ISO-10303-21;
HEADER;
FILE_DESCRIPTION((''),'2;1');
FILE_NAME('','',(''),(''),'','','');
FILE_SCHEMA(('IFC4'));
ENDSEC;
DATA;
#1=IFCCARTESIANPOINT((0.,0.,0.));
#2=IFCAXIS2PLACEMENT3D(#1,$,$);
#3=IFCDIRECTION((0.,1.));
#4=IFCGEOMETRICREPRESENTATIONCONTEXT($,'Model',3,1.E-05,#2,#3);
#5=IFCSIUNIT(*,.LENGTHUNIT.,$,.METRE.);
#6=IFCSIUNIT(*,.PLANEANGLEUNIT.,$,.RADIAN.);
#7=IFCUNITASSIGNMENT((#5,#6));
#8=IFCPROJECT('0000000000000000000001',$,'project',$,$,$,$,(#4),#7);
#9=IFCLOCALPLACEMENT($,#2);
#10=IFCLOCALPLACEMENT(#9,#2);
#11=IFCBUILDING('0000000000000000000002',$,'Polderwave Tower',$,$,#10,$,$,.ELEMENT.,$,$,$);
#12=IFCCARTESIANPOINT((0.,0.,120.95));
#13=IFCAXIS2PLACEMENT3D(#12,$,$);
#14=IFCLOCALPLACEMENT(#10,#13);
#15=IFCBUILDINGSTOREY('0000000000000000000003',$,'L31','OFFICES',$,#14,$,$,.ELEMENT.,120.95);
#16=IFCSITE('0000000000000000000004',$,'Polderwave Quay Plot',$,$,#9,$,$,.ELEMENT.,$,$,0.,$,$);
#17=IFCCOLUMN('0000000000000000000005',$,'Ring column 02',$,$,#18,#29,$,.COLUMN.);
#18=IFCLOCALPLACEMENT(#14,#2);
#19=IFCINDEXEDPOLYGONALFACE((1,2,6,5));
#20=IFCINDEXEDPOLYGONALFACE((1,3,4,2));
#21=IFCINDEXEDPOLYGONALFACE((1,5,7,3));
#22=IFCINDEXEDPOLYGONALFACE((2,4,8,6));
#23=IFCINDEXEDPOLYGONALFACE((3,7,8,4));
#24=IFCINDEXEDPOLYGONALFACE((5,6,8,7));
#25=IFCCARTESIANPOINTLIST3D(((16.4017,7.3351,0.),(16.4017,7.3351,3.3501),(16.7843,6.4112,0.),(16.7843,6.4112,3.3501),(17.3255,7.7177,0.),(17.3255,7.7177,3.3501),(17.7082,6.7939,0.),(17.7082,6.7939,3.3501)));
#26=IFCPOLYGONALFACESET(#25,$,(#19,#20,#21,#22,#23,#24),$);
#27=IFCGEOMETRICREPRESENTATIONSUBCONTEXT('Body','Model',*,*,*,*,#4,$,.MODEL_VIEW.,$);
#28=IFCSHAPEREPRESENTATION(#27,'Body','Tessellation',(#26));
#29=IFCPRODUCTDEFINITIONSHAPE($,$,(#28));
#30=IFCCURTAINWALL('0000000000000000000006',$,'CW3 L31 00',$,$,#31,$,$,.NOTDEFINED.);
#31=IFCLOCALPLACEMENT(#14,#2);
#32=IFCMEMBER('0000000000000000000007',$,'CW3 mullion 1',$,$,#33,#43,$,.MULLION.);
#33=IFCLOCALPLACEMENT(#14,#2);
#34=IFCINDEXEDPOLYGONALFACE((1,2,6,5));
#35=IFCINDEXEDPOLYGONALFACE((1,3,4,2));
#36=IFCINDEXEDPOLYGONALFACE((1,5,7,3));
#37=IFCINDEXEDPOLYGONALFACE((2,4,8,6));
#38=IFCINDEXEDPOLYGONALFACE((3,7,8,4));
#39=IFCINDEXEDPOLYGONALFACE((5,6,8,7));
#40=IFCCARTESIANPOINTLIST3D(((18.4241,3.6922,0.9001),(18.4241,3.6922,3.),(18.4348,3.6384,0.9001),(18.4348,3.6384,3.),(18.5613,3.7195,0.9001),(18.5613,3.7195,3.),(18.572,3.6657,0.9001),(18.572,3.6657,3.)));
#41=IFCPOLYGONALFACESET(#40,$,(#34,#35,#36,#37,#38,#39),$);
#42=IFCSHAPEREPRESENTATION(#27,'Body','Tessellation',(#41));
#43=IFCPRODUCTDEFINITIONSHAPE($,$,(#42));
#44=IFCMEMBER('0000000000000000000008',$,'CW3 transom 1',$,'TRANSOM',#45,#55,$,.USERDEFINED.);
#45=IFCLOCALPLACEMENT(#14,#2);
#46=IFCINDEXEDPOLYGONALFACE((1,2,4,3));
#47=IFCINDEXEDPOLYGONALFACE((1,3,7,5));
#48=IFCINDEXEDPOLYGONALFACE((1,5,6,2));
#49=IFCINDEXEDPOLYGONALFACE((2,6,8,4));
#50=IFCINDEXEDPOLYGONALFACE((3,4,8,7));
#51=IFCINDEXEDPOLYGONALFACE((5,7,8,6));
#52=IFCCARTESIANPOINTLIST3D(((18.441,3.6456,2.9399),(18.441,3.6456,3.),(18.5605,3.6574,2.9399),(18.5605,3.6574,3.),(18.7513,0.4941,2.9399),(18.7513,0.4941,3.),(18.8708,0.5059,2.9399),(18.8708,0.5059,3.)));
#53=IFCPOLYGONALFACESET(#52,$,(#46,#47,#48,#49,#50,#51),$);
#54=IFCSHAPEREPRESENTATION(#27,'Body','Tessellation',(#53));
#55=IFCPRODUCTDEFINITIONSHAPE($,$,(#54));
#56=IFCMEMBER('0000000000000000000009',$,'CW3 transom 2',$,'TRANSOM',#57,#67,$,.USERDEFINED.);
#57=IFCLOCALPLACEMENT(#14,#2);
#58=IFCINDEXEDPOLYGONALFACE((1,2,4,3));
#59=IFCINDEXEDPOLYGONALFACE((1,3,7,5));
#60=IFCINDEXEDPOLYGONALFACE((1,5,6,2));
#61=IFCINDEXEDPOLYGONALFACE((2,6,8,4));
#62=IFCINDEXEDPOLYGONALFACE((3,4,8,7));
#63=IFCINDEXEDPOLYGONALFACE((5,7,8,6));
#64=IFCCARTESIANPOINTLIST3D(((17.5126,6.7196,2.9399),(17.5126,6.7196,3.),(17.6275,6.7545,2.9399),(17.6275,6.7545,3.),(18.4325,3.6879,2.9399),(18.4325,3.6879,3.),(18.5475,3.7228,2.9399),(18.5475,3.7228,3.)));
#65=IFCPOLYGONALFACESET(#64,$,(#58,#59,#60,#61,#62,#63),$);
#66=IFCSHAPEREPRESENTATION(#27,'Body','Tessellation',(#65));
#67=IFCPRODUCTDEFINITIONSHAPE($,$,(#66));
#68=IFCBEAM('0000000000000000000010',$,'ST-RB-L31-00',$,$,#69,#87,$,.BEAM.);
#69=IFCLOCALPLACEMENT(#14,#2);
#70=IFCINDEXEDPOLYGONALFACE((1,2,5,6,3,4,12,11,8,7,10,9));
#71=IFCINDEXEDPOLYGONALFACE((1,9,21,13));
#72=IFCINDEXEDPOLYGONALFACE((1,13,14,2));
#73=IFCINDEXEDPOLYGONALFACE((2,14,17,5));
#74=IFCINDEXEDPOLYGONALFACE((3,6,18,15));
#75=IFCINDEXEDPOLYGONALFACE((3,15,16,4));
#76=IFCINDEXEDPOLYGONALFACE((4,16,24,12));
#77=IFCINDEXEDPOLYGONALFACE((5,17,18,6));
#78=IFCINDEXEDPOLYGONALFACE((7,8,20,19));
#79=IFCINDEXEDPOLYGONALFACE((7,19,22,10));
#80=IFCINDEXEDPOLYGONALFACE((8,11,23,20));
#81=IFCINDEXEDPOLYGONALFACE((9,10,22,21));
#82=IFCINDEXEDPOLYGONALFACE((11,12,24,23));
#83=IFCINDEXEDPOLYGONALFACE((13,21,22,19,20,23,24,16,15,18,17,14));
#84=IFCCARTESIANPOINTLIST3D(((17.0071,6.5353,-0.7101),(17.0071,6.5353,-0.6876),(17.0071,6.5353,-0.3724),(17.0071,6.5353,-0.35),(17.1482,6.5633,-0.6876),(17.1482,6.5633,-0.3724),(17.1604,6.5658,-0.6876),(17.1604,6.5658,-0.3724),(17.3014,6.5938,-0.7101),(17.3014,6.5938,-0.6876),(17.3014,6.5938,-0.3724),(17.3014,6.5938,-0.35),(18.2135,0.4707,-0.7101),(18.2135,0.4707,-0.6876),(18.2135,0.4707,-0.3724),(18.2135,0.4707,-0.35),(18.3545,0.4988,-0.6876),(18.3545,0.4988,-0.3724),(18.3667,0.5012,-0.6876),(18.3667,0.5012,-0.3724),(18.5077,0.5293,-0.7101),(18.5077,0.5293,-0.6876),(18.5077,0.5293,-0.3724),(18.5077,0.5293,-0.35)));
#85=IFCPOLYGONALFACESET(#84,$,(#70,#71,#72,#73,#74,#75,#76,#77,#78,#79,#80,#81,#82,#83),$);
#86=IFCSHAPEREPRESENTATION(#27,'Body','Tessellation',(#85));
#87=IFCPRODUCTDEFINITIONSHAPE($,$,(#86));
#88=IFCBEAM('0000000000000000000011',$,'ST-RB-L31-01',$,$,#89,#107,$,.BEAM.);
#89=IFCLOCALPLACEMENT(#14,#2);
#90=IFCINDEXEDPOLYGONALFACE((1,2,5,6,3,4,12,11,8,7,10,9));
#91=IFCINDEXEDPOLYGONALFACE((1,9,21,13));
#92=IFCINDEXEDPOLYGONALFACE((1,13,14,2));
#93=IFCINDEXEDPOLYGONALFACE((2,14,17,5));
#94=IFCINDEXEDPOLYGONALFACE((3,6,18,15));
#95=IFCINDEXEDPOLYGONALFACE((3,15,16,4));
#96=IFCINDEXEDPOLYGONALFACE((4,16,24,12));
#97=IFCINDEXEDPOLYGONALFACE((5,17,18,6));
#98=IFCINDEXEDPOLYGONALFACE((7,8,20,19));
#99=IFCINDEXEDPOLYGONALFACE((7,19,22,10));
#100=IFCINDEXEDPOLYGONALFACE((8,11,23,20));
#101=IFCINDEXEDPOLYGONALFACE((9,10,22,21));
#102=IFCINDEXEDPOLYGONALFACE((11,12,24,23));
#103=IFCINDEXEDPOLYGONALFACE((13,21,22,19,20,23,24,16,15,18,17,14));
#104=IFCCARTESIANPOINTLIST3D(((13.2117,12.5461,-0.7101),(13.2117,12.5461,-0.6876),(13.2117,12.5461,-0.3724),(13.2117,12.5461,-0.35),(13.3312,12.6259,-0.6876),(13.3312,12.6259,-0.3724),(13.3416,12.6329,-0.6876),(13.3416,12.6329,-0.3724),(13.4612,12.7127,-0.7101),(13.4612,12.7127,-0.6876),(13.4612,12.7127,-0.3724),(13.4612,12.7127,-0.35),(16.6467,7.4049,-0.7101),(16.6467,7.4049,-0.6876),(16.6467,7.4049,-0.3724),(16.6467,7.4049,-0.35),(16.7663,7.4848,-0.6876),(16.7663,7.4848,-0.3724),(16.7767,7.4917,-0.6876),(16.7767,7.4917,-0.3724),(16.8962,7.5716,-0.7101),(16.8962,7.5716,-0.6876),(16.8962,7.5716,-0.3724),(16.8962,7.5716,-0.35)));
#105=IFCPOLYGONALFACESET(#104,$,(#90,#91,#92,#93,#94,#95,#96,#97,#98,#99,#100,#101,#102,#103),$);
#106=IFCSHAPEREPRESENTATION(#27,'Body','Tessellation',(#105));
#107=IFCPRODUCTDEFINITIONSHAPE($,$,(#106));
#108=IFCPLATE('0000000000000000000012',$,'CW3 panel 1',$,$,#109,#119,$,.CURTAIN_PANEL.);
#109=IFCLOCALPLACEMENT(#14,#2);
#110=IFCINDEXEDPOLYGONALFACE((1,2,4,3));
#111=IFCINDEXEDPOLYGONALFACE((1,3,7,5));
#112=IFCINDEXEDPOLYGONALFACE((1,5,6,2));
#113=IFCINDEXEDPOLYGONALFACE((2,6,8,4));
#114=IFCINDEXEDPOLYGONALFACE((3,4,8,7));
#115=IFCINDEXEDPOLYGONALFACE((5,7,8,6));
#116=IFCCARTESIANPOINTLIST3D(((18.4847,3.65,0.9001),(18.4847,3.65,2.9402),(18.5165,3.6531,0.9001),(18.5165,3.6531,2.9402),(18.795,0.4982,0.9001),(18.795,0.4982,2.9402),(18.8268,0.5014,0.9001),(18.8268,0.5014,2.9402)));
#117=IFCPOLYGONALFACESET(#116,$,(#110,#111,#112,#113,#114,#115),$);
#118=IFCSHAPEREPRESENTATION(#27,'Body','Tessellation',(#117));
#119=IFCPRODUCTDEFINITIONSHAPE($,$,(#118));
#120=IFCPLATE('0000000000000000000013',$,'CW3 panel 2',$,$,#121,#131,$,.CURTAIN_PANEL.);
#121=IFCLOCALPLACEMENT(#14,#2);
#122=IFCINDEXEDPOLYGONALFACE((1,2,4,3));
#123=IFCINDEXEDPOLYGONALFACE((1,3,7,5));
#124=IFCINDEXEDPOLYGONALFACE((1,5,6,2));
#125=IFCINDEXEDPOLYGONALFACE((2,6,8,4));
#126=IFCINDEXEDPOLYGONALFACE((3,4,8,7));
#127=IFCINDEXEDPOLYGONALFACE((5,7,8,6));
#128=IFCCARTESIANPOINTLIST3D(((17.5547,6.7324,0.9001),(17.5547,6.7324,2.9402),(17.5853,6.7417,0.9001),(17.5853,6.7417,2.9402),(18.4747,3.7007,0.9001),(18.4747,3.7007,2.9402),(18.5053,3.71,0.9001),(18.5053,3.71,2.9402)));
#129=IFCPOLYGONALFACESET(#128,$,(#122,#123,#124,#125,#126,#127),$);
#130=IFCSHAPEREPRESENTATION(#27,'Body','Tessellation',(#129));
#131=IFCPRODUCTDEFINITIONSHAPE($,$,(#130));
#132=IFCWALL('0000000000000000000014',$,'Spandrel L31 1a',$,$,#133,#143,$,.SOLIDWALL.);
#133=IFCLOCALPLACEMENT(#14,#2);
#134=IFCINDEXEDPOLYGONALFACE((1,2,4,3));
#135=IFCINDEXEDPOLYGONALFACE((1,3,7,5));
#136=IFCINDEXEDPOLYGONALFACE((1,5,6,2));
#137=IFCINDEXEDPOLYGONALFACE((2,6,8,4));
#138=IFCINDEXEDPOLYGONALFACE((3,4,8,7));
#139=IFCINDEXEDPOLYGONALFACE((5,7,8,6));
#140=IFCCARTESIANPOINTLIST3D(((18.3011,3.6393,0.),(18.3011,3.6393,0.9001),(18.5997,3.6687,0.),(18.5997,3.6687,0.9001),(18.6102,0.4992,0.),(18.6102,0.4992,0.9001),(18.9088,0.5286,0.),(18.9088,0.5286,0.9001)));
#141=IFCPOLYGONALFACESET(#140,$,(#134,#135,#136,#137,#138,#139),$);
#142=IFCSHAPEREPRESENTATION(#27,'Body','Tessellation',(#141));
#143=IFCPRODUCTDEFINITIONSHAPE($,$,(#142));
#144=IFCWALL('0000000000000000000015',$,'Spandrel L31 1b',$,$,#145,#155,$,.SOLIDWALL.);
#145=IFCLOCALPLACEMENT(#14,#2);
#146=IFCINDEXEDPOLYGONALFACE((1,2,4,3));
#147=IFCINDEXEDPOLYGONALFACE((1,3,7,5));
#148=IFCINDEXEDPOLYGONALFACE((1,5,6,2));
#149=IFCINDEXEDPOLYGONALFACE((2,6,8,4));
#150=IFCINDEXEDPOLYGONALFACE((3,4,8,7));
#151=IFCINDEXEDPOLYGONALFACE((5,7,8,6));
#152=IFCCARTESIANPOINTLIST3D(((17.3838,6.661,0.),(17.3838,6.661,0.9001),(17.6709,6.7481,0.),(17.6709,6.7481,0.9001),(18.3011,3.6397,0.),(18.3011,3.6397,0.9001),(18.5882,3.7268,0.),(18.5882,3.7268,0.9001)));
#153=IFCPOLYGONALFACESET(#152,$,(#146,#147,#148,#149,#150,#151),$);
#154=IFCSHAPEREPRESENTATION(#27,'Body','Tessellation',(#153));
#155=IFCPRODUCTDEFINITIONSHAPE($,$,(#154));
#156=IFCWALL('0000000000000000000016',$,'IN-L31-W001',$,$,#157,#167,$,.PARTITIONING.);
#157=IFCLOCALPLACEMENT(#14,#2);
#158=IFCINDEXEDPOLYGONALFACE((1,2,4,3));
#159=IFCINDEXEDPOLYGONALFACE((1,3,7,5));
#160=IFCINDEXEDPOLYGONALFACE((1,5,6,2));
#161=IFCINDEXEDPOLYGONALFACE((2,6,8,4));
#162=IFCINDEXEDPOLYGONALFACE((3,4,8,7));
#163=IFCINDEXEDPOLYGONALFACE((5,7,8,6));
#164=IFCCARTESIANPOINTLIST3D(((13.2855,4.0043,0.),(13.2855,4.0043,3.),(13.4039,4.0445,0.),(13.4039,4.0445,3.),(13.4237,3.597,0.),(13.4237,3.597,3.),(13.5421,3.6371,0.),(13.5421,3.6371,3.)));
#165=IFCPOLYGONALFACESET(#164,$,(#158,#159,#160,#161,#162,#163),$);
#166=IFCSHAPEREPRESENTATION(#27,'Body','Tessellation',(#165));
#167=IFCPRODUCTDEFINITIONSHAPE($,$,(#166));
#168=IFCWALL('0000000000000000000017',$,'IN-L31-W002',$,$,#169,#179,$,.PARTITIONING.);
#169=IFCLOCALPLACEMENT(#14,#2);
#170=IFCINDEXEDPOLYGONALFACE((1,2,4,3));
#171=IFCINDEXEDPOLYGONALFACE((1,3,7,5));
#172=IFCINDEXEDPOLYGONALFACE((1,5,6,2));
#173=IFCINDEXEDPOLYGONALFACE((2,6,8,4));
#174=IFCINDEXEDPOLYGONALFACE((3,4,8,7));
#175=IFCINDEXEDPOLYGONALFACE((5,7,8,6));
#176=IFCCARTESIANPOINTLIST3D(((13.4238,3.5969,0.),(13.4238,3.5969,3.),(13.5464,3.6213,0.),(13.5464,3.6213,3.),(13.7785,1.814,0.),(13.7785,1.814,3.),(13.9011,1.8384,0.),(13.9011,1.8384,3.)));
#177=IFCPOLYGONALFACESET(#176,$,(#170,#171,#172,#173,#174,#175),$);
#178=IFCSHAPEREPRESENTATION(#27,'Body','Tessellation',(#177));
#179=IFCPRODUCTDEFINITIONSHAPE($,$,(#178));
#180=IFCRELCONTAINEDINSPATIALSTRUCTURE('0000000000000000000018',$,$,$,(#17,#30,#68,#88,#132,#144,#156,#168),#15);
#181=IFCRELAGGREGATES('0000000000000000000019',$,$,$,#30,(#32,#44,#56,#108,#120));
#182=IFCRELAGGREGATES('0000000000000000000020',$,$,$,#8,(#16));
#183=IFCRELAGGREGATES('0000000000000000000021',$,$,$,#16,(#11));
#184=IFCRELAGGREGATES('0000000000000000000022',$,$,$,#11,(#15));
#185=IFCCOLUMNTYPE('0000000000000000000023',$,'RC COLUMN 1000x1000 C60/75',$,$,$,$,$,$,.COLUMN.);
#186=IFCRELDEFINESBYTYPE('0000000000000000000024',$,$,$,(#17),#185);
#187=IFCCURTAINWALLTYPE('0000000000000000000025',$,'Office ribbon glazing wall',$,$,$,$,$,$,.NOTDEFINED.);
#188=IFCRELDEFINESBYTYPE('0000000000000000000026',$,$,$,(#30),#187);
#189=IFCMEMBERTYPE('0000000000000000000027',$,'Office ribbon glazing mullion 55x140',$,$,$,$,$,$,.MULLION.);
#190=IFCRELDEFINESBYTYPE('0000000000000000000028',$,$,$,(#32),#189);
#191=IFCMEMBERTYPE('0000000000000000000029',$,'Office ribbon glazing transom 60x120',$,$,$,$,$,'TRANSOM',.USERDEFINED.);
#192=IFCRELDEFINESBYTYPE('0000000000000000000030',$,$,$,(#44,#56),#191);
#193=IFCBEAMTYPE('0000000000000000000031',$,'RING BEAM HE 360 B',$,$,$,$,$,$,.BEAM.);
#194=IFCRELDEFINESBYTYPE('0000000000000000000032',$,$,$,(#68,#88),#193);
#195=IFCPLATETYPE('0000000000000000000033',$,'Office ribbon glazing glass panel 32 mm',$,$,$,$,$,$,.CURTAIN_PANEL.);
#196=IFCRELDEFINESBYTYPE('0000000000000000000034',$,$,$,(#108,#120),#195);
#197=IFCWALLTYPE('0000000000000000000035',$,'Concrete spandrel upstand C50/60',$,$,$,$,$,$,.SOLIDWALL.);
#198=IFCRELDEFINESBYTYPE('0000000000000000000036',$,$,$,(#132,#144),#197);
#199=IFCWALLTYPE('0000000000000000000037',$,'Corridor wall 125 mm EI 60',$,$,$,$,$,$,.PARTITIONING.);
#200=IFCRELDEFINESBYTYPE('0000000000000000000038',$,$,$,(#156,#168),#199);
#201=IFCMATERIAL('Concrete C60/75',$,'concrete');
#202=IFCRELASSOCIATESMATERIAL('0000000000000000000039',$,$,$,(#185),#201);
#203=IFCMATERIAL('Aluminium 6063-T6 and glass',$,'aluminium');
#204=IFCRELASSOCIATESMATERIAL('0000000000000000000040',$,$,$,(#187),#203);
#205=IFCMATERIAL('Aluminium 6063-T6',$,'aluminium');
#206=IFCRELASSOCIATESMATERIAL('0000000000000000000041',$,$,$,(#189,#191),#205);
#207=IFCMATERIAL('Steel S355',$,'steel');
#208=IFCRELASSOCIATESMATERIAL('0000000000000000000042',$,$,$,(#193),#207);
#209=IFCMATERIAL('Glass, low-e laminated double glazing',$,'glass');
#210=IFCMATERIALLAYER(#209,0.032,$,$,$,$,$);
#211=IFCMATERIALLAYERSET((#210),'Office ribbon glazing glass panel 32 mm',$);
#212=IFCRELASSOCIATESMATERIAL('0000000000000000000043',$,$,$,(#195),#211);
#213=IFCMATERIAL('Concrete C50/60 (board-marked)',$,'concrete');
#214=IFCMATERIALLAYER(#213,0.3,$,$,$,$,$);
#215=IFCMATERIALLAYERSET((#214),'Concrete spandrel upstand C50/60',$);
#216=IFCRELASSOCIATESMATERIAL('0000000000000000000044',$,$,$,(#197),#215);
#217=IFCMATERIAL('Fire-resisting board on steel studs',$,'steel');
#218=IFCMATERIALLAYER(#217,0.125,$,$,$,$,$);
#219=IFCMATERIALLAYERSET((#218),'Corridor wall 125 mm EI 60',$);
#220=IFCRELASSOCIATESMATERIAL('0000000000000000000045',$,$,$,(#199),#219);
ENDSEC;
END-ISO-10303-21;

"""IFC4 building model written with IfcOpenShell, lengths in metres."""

from ifc_helpers import new_model, si_unit, direction, frame, frame_2d, origin, origin_2d, place, context, subcontext, project, spatial, rectangle, i_section, extrude, material, layer, layer_set, material_profile, profile_set, type_object, element, aggregate, save


model = new_model("IFC4")

# Units and contexts
model_context = context("Model", 3, precision=1e-05, world=origin(), true_north=direction((0.0, 1.0)))
body_context = subcontext(model_context, "Body", "Model", "MODEL_VIEW")
ifc_project = project(units=[si_unit("LENGTHUNIT", "METRE"), si_unit("PLANEANGLEUNIT", "RADIAN")], contexts=[model_context])

# Site, building, storey
site_placement = place(None, origin())
site = spatial("IfcSite", under=ifc_project, at=site_placement, Name="Polderwave Quay Plot", CompositionType="ELEMENT", RefElevation=0.0)
building_placement = place(site_placement, origin())
building = spatial("IfcBuilding", under=site, at=building_placement, Name="Polderwave Tower", CompositionType="ELEMENT")
storey_placement = place(building_placement, frame((0.0, 0.0, 120.95)))
storey = spatial("IfcBuildingStorey", under=building, at=storey_placement, Name="L31", Description="OFFICES", CompositionType="ELEMENT", Elevation=120.95)

# Column
ifc_material_1 = material(Name="Concrete C60/75", Category="concrete")
ifc_material_profile_1 = material_profile(ifc_material_1, rectangle(XDim=1.0, YDim=1.0, at=origin_2d()), Name="RC 1000x1000")
ifc_profile_set_1 = profile_set([ifc_material_profile_1], Name="Concrete C60/75")
column_type = type_object("IfcColumnType", Name="RC COLUMN 1000x1000 C60/75", PredefinedType="COLUMN", material=ifc_profile_set_1)
column_placement = place(storey_placement, frame((17.0549, 7.0645, 0.0), z_axis=(0.0, 0.0, 1.0), x_axis=(0.92388, 0.382683, 0.0)))
element("IfcColumn", 1, at=column_placement, inside=storey, type_object=column_type, Name="Ring column 02", PredefinedType="COLUMN", context=body_context, shape_type="SweptSolid", body=[
    extrude(rectangle(XDim=1.0, YDim=1.0, at=origin_2d()), origin(), (0.0, 0.0, 1.0), 3.3501),
])

# Curtain wall, members
ifc_material_2 = material(Name="Aluminium 6063-T6 and glass", Category="aluminium")
curtain_wall_type = type_object("IfcCurtainWallType", Name="Office ribbon glazing wall", PredefinedType="NOTDEFINED", material=ifc_material_2)
curtain_wall_placement = place(storey_placement, origin())
curtain_wall = element("IfcCurtainWall", 2, at=curtain_wall_placement, inside=storey, type_object=curtain_wall_type, Name="CW3 L31 00", PredefinedType="NOTDEFINED")
ifc_material_3 = material(Name="Aluminium 6063-T6", Category="aluminium")
ifc_material_profile_2 = material_profile(ifc_material_3, rectangle(XDim=0.1399, YDim=0.0549, at=origin_2d()), Name="AL 55x140")
ifc_profile_set_2 = profile_set([ifc_material_profile_2], Name="Aluminium 6063-T6")
member_type_1 = type_object("IfcMemberType", Name="Office ribbon glazing mullion 55x140", PredefinedType="MULLION", material=ifc_profile_set_2)
member_1_placement = place(storey_placement, frame((18.498, 3.679, 0.9001), z_axis=(0.0, 0.0, 1.0), x_axis=(-0.980778, -0.195128, 0.0)))
member_1 = element("IfcMember", 3, at=member_1_placement, type_object=member_type_1, Name="CW3 mullion 1", PredefinedType="MULLION", context=body_context, shape_type="SweptSolid", body=[
    extrude(rectangle(XDim=0.1399, YDim=0.0549, at=origin_2d()), origin(), (0.0, 0.0, 1.0), 2.0999),
])
ifc_material_profile_3 = material_profile(ifc_material_3, rectangle(XDim=0.1201, YDim=0.0601, at=origin_2d()), Name="AL 60x120")
ifc_profile_set_3 = profile_set([ifc_material_profile_3], Name="Aluminium 6063-T6")
member_type_2 = type_object("IfcMemberType", Name="Office ribbon glazing transom 60x120", ElementType="TRANSOM", PredefinedType="USERDEFINED", material=ifc_profile_set_3)
member_2_placement = place(storey_placement, frame((18.811, 0.5, 2.97), z_axis=(-0.097985, 0.995188, 0.0), x_axis=(-0.995188, -0.097985, 0.0)))
member_2 = element("IfcMember", 4, at=member_2_placement, type_object=member_type_2, Name="CW3 transom 1", ObjectType="TRANSOM", PredefinedType="USERDEFINED", context=body_context, shape_type="SweptSolid", body=[
    extrude(rectangle(XDim=0.1201, YDim=0.0601, at=origin_2d()), origin(), (0.0, 0.0, 1.0), 3.1667),
])
member_3_placement = place(storey_placement, frame((18.49, 3.7053, 2.97), z_axis=(-0.290358, 0.956918, 0.0), x_axis=(-0.956918, -0.290358, 0.0)))
member_3 = element("IfcMember", 5, at=member_3_placement, type_object=member_type_2, Name="CW3 transom 2", ObjectType="TRANSOM", PredefinedType="USERDEFINED", context=body_context, shape_type="SweptSolid", body=[
    extrude(rectangle(XDim=0.1201, YDim=0.0601, at=origin_2d()), origin(), (0.0, 0.0, 1.0), 3.1682),
])

# Beams
ifc_material_4 = material(Name="Steel S355", Category="steel")
ifc_material_profile_4 = material_profile(ifc_material_4, i_section(OverallWidth=0.3, OverallDepth=0.3601, WebThickness=0.0125, FlangeThickness=0.0225, at=origin_2d()), Name="HE 360 B")
ifc_profile_set_4 = profile_set([ifc_material_profile_4], Name="Steel S355")
beam_type = type_object("IfcBeamType", Name="RING BEAM HE 360 B", PredefinedType="BEAM", material=ifc_profile_set_4)
beam_1_placement = place(storey_placement, frame((18.3606, 0.5, -0.53), z_axis=(-0.195091, 0.980785, 0.0), x_axis=(-0.980785, -0.195091, 0.0)))
element("IfcBeam", 6, at=beam_1_placement, inside=storey, type_object=beam_type, Name="ST-RB-L31-00", PredefinedType="BEAM", context=body_context, shape_type="SweptSolid", body=[
    extrude(i_section(OverallWidth=0.3, OverallDepth=0.3601, WebThickness=0.0125, FlangeThickness=0.0225, at=origin_2d()), origin(), (0.0, 0.0, 1.0), 6.1833),
])
beam_2_placement = place(storey_placement, frame((16.7715, 7.4883, -0.53), z_axis=(-0.555556, 0.831479, 0.0), x_axis=(-0.831479, -0.555556, 0.0)))
element("IfcBeam", 7, at=beam_2_placement, inside=storey, type_object=beam_type, Name="ST-RB-L31-01", PredefinedType="BEAM", context=body_context, shape_type="SweptSolid", body=[
    extrude(i_section(OverallWidth=0.3, OverallDepth=0.3601, WebThickness=0.0125, FlangeThickness=0.0225, at=origin_2d()), origin(), (0.0, 0.0, 1.0), 6.1831),
])

# Plates
ifc_material_5 = material(Name="Glass, low-e laminated double glazing", Category="glass")
ifc_layer_1 = layer(ifc_material_5, 0.032)
ifc_layer_set_1 = layer_set([ifc_layer_1], Name="Office ribbon glazing glass panel 32 mm")
plate_type = type_object("IfcPlateType", Name="Office ribbon glazing glass panel 32 mm", PredefinedType="CURTAIN_PANEL", material=ifc_layer_set_1)
plate_1_placement = place(storey_placement, frame((18.6558, 2.0757, 0.9001), z_axis=(0.0, 0.0, 1.0), x_axis=(-0.097984, 0.995188, 0.0)))
plate_1 = element("IfcPlate", 8, at=plate_1_placement, type_object=plate_type, Name="CW3 panel 1", PredefinedType="CURTAIN_PANEL", context=body_context, shape_type="SweptSolid", body=[
    extrude(rectangle(XDim=3.167, YDim=0.032, at=origin_2d()), origin(), (0.0, 0.0, 1.0), 2.04),
])
plate_2_placement = place(storey_placement, frame((18.03, 5.2212, 0.9001), z_axis=(0.0, 0.0, 1.0), x_axis=(-0.29039, 0.956908, 0.0)))
plate_2 = element("IfcPlate", 9, at=plate_2_placement, type_object=plate_type, Name="CW3 panel 2", PredefinedType="CURTAIN_PANEL", context=body_context, shape_type="SweptSolid", body=[
    extrude(rectangle(XDim=3.1682, YDim=0.032, at=origin_2d()), origin(), (0.0, 0.0, 1.0), 2.04),
])
aggregate(curtain_wall, [member_1, member_2, member_3, plate_1, plate_2])

# Walls
ifc_material_6 = material(Name="Concrete C50/60 (board-marked)", Category="concrete")
ifc_layer_2 = layer(ifc_material_6, 0.3)
ifc_layer_set_2 = layer_set([ifc_layer_2], Name="Concrete spandrel upstand C50/60")
wall_type_1 = type_object("IfcWallType", Name="Concrete spandrel upstand C50/60", PredefinedType="SOLIDWALL", material=ifc_layer_set_2)
wall_1_placement = place(storey_placement, frame((18.7595, 0.5139, 0.0), z_axis=(0.0, 0.0, 1.0), x_axis=(-0.097956, 0.995191, 0.0)))
element("IfcWall", 10, at=wall_1_placement, inside=storey, type_object=wall_type_1, Name="Spandrel L31 1a", PredefinedType="SOLIDWALL", context=body_context, shape_type="SweptSolid", body=[
    extrude(rectangle(XDim=3.1553, YDim=0.3, at=frame_2d((1.5776, 0.0))), origin(), (0.0, 0.0, 1.0), 0.9001),
])
wall_2_placement = place(storey_placement, frame((18.4446, 3.6833, 0.0), z_axis=(0.0, 0.0, 1.0), x_axis=(-0.290503, 0.956874, 0.0)))
element("IfcWall", 11, at=wall_2_placement, inside=storey, type_object=wall_type_1, Name="Spandrel L31 1b", PredefinedType="SOLIDWALL", context=body_context, shape_type="SweptSolid", body=[
    extrude(rectangle(XDim=3.1575, YDim=0.3, at=frame_2d((1.5786, 0.0))), origin(), (0.0, 0.0, 1.0), 0.9001),
])
ifc_material_7 = material(Name="Fire-resisting board on steel studs", Category="steel")
ifc_layer_3 = layer(ifc_material_7, 0.125)
ifc_layer_set_3 = layer_set([ifc_layer_3], Name="Corridor wall 125 mm EI 60")
wall_type_2 = type_object("IfcWallType", Name="Corridor wall 125 mm EI 60", PredefinedType="PARTITIONING", material=ifc_layer_set_3)
wall_3_placement = place(storey_placement, frame((13.3447, 4.0244, 0.0), z_axis=(0.0, 0.0, 1.0), x_axis=(0.32116, -0.947025, 0.0)))
element("IfcWall", 12, at=wall_3_placement, inside=storey, type_object=wall_type_2, Name="IN-L31-W001", PredefinedType="PARTITIONING", context=body_context, shape_type="SweptSolid", body=[
    extrude(rectangle(XDim=0.4302, YDim=0.125, at=frame_2d((0.2151, 0.0))), origin(), (0.0, 0.0, 1.0), 3.0),
])
wall_4_placement = place(storey_placement, frame((13.4851, 3.6091, 0.0), z_axis=(0.0, 0.0, 1.0), x_axis=(0.195135, -0.980776, 0.0)))
element("IfcWall", 13, at=wall_4_placement, inside=storey, type_object=wall_type_2, Name="IN-L31-W002", PredefinedType="PARTITIONING", context=body_context, shape_type="SweptSolid", body=[
    extrude(rectangle(XDim=1.8179, YDim=0.125, at=frame_2d((0.9089, 0.0))), origin(), (0.0, 0.0, 1.0), 3.0),
])

save(model, "model.ifc")
